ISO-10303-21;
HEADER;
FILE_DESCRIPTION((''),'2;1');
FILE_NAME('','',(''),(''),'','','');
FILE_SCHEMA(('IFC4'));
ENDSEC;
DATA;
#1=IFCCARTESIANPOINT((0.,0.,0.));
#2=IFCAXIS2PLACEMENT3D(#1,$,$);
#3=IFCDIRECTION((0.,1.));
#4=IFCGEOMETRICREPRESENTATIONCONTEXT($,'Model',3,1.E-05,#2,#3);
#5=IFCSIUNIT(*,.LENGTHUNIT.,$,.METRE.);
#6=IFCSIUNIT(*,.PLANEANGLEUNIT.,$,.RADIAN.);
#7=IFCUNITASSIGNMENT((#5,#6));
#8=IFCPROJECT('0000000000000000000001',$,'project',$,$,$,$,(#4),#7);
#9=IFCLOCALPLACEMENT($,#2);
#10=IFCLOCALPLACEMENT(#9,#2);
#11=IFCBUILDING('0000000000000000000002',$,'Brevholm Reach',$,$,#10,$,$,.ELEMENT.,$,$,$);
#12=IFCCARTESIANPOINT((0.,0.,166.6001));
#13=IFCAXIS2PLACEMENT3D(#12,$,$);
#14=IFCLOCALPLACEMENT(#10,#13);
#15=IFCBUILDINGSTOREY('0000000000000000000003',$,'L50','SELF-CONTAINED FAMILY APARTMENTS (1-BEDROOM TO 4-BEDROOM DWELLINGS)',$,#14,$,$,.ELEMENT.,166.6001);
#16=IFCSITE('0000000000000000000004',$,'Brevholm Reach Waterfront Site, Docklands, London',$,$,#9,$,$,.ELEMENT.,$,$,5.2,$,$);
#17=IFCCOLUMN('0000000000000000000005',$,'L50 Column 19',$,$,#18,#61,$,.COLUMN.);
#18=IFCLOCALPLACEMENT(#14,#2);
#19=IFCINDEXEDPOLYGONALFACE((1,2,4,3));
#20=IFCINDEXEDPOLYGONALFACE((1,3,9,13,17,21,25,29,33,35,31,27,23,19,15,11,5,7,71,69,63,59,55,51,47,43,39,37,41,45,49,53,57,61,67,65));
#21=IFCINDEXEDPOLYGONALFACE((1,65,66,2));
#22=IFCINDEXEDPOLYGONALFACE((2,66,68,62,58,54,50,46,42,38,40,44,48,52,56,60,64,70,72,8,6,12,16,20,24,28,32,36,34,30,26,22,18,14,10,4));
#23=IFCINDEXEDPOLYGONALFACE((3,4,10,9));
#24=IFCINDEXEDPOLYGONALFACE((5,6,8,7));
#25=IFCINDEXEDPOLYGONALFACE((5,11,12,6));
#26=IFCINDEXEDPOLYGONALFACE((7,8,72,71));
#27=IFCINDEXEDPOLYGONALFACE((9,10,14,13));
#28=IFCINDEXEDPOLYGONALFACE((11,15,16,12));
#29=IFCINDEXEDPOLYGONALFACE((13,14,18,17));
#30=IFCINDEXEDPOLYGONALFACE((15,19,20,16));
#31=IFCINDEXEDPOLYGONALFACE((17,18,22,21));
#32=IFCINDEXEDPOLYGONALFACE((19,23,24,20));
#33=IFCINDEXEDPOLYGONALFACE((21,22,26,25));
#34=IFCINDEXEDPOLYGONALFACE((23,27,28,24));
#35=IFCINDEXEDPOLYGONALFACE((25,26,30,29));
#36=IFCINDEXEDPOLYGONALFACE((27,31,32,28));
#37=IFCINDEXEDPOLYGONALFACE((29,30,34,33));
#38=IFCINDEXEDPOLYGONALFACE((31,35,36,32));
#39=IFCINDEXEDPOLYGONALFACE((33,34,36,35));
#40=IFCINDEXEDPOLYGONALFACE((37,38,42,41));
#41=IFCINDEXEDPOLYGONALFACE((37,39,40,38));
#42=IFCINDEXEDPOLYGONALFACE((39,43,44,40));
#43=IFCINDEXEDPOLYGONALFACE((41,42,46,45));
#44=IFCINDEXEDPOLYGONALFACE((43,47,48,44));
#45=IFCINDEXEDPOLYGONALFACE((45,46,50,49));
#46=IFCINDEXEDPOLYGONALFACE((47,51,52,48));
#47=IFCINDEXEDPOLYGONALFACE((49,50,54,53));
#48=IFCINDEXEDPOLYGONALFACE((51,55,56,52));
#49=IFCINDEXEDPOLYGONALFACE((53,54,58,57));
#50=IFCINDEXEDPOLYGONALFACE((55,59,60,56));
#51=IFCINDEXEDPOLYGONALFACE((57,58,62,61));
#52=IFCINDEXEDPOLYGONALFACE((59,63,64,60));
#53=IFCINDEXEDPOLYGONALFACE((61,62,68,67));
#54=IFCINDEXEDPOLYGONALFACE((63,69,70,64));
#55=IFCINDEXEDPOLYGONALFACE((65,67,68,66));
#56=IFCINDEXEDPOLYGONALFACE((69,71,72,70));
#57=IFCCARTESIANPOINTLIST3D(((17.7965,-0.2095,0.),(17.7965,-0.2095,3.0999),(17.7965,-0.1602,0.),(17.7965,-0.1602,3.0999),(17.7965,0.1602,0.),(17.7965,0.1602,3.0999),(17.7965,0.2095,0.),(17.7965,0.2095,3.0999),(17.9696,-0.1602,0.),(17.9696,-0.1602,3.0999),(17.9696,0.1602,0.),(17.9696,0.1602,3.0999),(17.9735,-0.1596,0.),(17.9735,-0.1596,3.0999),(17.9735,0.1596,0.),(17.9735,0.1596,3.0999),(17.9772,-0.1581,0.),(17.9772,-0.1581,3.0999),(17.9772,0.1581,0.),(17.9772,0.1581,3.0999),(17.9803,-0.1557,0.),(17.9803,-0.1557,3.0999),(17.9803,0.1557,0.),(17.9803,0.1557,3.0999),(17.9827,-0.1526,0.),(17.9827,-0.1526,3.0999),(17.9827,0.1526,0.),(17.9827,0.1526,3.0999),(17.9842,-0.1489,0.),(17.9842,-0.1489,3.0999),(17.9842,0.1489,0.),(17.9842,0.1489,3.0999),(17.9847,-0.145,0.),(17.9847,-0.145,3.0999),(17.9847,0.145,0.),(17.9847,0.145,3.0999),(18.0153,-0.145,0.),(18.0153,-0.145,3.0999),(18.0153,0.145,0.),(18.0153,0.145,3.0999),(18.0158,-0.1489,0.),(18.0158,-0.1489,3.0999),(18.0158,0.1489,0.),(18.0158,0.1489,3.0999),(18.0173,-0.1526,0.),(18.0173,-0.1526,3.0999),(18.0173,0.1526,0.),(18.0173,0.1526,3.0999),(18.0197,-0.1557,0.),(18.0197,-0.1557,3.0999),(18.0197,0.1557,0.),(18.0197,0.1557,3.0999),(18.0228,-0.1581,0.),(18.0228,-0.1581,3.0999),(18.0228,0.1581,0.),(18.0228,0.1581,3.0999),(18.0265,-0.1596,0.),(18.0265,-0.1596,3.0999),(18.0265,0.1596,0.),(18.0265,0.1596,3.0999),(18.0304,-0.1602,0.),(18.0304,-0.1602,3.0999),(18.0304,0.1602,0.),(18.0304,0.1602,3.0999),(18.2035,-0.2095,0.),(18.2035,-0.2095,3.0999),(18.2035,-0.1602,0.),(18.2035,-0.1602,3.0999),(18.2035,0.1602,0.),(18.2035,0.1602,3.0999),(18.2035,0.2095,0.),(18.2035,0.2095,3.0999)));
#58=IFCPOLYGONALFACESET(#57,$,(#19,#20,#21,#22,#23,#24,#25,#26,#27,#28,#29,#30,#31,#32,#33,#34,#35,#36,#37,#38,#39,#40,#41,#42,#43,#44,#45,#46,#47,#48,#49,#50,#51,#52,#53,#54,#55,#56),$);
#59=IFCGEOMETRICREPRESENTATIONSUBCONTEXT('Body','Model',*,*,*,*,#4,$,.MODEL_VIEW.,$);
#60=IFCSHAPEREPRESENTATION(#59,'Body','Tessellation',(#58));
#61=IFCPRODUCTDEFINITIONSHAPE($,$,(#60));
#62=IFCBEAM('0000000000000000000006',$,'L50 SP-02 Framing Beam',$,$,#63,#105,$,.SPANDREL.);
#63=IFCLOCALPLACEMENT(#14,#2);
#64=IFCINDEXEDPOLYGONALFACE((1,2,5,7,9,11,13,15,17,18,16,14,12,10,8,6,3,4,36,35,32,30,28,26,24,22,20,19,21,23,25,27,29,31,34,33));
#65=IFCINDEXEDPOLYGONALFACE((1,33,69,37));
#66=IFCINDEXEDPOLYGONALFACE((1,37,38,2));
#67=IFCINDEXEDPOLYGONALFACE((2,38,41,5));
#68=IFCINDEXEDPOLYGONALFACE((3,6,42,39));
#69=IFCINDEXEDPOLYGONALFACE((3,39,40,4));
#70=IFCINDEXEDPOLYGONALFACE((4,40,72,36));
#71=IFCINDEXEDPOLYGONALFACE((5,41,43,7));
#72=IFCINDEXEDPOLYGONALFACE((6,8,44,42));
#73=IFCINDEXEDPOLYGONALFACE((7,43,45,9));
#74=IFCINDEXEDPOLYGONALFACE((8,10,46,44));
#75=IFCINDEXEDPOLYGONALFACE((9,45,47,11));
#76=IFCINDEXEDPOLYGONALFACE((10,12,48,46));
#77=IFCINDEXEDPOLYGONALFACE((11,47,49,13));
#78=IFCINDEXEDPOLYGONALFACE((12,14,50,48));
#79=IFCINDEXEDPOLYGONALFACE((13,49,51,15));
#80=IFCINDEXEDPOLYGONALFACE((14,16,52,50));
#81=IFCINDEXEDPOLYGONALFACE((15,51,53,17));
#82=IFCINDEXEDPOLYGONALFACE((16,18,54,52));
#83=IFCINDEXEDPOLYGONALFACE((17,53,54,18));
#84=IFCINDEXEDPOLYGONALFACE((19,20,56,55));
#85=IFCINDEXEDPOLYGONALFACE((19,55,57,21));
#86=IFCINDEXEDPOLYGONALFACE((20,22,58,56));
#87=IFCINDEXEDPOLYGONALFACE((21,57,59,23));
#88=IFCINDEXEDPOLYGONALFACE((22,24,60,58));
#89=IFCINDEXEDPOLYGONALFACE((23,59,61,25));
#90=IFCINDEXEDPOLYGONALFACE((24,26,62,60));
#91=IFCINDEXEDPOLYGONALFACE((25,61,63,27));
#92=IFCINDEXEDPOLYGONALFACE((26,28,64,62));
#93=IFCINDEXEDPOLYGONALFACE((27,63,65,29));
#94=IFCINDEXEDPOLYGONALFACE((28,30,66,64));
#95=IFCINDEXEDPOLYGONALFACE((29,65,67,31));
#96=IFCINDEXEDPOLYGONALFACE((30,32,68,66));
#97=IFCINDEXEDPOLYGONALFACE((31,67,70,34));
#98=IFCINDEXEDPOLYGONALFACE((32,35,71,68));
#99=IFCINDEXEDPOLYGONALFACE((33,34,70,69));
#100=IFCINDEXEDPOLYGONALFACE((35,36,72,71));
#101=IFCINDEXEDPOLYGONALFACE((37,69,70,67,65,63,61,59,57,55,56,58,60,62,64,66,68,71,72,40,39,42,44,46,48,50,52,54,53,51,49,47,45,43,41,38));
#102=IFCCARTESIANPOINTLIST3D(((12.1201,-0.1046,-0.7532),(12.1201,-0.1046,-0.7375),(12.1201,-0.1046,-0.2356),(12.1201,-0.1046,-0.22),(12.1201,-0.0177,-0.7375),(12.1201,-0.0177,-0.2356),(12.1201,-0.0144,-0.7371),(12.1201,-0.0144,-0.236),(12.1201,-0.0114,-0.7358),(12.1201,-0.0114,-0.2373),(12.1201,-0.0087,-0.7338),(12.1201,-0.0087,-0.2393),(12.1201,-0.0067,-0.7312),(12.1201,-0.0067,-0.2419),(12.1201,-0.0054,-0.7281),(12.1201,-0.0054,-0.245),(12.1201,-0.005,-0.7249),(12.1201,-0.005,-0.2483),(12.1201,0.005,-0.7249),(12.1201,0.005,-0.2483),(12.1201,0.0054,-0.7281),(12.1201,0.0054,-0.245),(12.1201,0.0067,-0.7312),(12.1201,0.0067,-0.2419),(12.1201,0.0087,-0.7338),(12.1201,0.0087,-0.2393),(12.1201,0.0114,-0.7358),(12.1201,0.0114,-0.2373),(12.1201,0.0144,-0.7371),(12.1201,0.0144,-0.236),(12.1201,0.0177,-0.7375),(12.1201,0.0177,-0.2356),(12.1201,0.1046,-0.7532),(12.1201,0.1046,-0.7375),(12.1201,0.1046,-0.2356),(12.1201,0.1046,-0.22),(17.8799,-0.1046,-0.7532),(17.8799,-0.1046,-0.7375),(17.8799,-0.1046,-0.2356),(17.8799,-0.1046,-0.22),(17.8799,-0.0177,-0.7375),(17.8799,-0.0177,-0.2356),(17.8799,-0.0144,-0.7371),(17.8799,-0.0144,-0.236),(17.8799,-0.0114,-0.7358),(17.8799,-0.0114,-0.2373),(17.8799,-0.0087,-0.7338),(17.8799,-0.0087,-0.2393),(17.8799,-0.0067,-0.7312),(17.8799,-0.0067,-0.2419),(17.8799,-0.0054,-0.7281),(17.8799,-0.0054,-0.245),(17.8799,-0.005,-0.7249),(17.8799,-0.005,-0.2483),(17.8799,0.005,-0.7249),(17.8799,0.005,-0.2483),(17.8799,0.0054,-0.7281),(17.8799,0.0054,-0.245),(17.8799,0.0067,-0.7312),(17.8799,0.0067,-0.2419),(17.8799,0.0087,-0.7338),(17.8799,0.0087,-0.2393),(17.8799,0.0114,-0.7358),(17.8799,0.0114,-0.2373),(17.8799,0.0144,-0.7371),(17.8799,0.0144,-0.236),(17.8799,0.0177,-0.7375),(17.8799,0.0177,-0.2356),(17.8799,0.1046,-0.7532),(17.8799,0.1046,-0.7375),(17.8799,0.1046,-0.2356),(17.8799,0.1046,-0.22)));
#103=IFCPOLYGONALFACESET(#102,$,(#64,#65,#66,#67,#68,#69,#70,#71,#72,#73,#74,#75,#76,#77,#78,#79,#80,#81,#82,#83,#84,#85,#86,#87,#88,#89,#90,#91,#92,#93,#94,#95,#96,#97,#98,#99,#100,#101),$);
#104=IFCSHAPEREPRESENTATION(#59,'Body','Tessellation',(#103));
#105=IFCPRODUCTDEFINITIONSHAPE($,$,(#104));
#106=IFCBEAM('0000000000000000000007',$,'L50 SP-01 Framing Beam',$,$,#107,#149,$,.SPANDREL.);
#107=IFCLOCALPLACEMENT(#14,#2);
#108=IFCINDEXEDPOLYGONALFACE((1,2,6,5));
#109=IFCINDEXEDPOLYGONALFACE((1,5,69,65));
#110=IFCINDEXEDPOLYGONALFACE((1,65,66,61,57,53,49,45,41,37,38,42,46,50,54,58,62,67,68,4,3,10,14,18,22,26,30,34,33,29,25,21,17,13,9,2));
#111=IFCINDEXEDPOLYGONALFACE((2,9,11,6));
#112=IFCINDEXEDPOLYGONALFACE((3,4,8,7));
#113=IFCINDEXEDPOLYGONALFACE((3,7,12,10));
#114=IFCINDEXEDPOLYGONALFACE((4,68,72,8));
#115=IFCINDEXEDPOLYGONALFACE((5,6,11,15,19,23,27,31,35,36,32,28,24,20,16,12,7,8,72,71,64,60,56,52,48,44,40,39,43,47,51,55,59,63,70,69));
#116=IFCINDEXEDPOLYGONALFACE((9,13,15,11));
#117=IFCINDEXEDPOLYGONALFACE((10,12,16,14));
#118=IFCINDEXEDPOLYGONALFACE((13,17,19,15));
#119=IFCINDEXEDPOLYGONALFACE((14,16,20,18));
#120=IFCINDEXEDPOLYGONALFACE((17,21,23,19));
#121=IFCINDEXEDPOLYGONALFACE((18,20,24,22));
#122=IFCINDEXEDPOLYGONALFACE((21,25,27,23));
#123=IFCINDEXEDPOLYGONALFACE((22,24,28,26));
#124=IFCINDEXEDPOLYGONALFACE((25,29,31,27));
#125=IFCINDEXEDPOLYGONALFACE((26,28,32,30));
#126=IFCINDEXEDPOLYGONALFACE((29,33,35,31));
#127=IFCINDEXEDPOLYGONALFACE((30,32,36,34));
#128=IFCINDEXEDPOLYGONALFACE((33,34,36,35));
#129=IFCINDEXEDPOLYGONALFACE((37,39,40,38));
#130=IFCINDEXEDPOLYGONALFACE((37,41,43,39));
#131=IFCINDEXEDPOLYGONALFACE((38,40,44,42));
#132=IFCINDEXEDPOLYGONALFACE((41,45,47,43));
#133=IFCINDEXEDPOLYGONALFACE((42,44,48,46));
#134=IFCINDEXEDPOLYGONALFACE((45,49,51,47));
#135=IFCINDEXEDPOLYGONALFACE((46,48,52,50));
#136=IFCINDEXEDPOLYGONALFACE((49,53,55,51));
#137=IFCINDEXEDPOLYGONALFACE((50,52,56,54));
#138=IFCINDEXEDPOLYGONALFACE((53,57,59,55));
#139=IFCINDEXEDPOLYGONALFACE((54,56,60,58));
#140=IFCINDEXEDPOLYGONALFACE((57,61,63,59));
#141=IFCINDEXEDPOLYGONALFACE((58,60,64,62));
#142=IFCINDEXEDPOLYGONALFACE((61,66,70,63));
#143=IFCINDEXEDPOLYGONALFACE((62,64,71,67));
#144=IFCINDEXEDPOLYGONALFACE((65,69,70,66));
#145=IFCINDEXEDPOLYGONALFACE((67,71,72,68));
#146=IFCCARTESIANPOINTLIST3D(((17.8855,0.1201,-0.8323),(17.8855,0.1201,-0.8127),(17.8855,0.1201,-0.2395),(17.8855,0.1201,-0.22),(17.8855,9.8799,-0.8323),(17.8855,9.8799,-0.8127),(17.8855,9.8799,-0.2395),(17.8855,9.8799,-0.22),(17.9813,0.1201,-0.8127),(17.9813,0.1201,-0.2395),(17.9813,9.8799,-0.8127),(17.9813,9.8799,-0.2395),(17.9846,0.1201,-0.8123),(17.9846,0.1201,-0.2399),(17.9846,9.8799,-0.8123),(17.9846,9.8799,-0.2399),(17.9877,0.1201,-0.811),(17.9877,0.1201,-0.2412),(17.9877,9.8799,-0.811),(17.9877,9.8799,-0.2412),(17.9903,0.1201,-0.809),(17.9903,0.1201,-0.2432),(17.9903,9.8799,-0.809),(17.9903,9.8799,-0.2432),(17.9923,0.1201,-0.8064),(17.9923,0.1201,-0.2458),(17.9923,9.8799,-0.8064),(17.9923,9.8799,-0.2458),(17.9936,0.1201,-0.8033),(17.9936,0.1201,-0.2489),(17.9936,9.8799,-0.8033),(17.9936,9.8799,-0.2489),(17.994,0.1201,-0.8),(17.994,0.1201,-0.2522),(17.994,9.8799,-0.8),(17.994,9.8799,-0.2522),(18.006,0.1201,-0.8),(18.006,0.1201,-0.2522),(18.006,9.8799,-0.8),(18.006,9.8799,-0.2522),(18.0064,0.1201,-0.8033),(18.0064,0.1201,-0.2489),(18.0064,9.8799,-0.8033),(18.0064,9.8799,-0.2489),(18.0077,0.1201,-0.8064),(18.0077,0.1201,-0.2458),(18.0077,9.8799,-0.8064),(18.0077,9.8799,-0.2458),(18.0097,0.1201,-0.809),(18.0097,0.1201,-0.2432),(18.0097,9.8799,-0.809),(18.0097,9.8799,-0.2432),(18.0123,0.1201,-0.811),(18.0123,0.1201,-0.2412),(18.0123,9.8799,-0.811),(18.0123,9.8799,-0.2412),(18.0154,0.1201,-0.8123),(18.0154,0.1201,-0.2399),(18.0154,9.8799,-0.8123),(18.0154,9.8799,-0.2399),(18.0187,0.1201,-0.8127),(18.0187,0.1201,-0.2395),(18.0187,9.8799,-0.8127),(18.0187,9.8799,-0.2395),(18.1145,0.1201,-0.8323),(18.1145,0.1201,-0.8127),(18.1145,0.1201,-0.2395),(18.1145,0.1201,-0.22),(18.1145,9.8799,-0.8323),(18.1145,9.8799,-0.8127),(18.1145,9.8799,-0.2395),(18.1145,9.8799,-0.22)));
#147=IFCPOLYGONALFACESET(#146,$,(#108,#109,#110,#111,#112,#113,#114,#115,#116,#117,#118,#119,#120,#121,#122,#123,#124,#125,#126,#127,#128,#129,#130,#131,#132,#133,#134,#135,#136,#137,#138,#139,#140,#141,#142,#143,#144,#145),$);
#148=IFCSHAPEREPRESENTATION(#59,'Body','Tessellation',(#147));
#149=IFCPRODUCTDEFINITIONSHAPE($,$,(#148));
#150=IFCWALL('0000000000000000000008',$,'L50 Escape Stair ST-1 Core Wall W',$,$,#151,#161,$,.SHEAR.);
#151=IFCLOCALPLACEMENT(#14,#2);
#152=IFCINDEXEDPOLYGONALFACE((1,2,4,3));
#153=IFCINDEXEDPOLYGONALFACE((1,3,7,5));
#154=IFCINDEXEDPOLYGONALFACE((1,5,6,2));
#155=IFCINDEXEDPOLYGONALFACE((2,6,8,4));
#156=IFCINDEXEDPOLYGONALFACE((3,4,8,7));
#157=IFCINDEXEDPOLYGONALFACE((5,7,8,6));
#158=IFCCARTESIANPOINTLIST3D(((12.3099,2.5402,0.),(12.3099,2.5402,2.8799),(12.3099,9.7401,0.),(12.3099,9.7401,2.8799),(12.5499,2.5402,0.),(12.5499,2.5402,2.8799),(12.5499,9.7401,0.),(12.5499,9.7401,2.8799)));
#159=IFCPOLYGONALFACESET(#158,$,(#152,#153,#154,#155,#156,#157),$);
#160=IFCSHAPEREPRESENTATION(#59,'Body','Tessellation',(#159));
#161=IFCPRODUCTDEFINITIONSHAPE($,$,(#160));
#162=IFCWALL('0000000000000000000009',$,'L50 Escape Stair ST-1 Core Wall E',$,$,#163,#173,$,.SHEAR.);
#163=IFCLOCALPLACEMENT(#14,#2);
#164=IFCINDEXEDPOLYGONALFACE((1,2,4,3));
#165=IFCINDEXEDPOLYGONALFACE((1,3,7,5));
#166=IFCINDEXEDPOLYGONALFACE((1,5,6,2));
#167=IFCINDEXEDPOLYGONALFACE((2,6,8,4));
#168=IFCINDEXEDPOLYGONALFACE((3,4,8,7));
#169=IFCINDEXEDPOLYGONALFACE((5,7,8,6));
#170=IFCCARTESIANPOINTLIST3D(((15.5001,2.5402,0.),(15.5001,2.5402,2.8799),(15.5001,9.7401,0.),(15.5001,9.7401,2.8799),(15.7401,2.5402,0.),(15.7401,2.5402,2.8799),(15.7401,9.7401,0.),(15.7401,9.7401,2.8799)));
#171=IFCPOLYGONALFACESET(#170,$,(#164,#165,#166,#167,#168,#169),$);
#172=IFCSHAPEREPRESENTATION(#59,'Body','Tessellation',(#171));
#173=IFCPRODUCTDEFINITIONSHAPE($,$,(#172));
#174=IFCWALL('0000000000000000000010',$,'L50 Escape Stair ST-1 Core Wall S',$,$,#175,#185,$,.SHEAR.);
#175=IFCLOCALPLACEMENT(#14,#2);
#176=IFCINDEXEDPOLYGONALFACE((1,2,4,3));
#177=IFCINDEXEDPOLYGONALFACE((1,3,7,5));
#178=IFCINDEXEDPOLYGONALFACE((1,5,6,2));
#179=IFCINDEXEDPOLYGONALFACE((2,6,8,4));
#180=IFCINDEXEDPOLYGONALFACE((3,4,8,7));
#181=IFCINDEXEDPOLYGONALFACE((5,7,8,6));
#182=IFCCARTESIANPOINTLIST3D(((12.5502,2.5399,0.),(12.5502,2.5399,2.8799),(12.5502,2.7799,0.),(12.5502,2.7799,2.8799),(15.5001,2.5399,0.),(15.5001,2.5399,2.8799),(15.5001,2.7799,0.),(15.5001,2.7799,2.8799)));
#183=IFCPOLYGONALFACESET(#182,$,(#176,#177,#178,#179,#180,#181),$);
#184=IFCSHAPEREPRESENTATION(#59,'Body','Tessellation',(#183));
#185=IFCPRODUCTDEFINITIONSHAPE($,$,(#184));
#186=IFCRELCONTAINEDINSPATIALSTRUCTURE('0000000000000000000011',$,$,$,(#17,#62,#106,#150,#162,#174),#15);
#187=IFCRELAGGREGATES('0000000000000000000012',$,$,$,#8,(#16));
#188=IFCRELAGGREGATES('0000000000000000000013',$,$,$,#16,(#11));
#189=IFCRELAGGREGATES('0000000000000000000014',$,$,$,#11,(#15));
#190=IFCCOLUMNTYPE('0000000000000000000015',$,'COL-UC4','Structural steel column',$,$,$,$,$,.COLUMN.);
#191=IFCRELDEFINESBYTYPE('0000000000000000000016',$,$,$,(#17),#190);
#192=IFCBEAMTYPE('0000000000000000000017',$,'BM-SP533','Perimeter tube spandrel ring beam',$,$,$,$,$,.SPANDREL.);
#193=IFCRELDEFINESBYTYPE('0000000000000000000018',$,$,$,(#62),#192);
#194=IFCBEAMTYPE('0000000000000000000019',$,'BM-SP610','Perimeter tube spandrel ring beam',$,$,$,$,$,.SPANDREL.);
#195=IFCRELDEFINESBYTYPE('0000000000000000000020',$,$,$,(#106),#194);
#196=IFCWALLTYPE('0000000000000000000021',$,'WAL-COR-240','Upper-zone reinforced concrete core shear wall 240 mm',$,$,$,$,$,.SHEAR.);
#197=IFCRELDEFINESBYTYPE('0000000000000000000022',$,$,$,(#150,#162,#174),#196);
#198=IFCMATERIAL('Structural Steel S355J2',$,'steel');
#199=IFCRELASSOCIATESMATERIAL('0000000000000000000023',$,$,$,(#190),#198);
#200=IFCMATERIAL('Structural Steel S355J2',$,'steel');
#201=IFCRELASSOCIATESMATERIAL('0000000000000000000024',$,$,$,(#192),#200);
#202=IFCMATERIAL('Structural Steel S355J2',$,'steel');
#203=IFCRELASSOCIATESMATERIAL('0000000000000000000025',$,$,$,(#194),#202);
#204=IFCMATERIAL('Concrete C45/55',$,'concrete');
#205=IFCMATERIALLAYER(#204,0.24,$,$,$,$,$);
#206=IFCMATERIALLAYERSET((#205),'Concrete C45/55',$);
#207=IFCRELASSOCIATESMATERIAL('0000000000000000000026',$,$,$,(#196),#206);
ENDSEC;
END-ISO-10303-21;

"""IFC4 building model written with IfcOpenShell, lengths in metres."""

from ifc_helpers import new_model, si_unit, direction, frame, frame_2d, origin, origin_2d, place, context, subcontext, project, spatial, rectangle, i_section, extrude, material, layer, layer_set, material_profile, profile_set, type_object, element, save


model = new_model("IFC4")

# Units and contexts
model_context = context("Model", 3, precision=1e-05, world=origin(), true_north=direction((0.0, 1.0)))
body_context = subcontext(model_context, "Body", "Model", "MODEL_VIEW")
ifc_project = project(units=[si_unit("LENGTHUNIT", "METRE"), si_unit("PLANEANGLEUNIT", "RADIAN")], contexts=[model_context])

# Site, building, storey
site_placement = place(None, origin())
site = spatial("IfcSite", under=ifc_project, at=site_placement, Name="Brevholm Reach Waterfront Site, Docklands, London", CompositionType="ELEMENT", RefElevation=5.2)
building_placement = place(site_placement, origin())
building = spatial("IfcBuilding", under=site, at=building_placement, Name="Brevholm Reach", CompositionType="ELEMENT")
storey_placement = place(building_placement, frame((0.0, 0.0, 166.6001)))
storey = spatial("IfcBuildingStorey", under=building, at=storey_placement, Name="L50", Description="SELF-CONTAINED FAMILY APARTMENTS (1-BEDROOM TO 4-BEDROOM DWELLINGS)", CompositionType="ELEMENT", Elevation=166.6001)

# Column
ifc_material_1 = material(Name="Structural Steel S355J2", Category="steel")
ifc_material_profile_1 = material_profile(ifc_material_1, i_section(OverallWidth=0.407, OverallDepth=0.4189, WebThickness=0.0305, FlangeThickness=0.0493, FilletRadius=0.0151, at=origin_2d()), Name="UKC 356x406x393")
ifc_profile_set_1 = profile_set([ifc_material_profile_1], Name="Structural Steel S355J2")
column_type = type_object("IfcColumnType", Name="COL-UC4", Description="Structural steel column", PredefinedType="COLUMN", material=ifc_profile_set_1)
column_placement = place(storey_placement, frame((18.0, 0.0, 0.0), z_axis=(0.0, 0.0, 1.0), x_axis=(1.0, 0.0, 0.0)))
element("IfcColumn", 1, at=column_placement, inside=storey, type_object=column_type, Name="L50 Column 19", PredefinedType="COLUMN", context=body_context, shape_type="SweptSolid", body=[
    extrude(i_section(OverallWidth=0.407, OverallDepth=0.4189, WebThickness=0.0305, FlangeThickness=0.0493, FilletRadius=0.0151, at=origin_2d()), origin(), (0.0, 0.0, 1.0), 3.0999),
])

# Beams
ifc_material_2 = material(Name="Structural Steel S355J2", Category="steel")
ifc_material_profile_2 = material_profile(ifc_material_2, i_section(OverallWidth=0.2092, OverallDepth=0.5332, WebThickness=0.01, FlangeThickness=0.0156, FilletRadius=0.0127, at=origin_2d()), Name="UKB 533x210x92")
ifc_profile_set_2 = profile_set([ifc_material_profile_2], Name="Structural Steel S355J2")
beam_type_1 = type_object("IfcBeamType", Name="BM-SP533", Description="Perimeter tube spandrel ring beam", PredefinedType="SPANDREL", material=ifc_profile_set_2)
beam_1_placement = place(storey_placement, frame((12.1201, 0.0, -0.4866), z_axis=(1.0, 0.0, 0.0), x_axis=(0.0, 1.0, 0.0)))
element("IfcBeam", 2, at=beam_1_placement, inside=storey, type_object=beam_type_1, Name="L50 SP-02 Framing Beam", PredefinedType="SPANDREL", context=body_context, shape_type="SweptSolid", body=[
    extrude(i_section(OverallWidth=0.2092, OverallDepth=0.5332, WebThickness=0.01, FlangeThickness=0.0156, FilletRadius=0.0127, at=origin_2d()), origin(), (0.0, 0.0, 1.0), 5.7598),
])
ifc_material_3 = material(Name="Structural Steel S355J2", Category="steel")
ifc_material_profile_3 = material_profile(ifc_material_3, i_section(OverallWidth=0.229, OverallDepth=0.6123, WebThickness=0.012, FlangeThickness=0.0195, FilletRadius=0.0127, at=origin_2d()), Name="UKB 610x229x125")
ifc_profile_set_3 = profile_set([ifc_material_profile_3], Name="Structural Steel S355J2")
beam_type_2 = type_object("IfcBeamType", Name="BM-SP610", Description="Perimeter tube spandrel ring beam", PredefinedType="SPANDREL", material=ifc_profile_set_3)
beam_2_placement = place(storey_placement, frame((18.0, 0.1201, -0.5261), z_axis=(0.0, 1.0, 0.0), x_axis=(-1.0, 0.0, 0.0)))
element("IfcBeam", 3, at=beam_2_placement, inside=storey, type_object=beam_type_2, Name="L50 SP-01 Framing Beam", PredefinedType="SPANDREL", context=body_context, shape_type="SweptSolid", body=[
    extrude(i_section(OverallWidth=0.229, OverallDepth=0.6123, WebThickness=0.012, FlangeThickness=0.0195, FilletRadius=0.0127, at=origin_2d()), origin(), (0.0, 0.0, 1.0), 9.7598),
])

# Walls
ifc_material_4 = material(Name="Concrete C45/55", Category="concrete")
ifc_layer_1 = layer(ifc_material_4, 0.24)
ifc_layer_set_1 = layer_set([ifc_layer_1], Name="Concrete C45/55")
wall_type_1 = type_object("IfcWallType", Name="WAL-COR-240", Description="Upper-zone reinforced concrete core shear wall 240 mm", PredefinedType="SHEAR", material=ifc_layer_set_1)
for number, where, z_axis, x_axis, name in (
    (4, (12.4299, 2.54, 0.0), (0.0, 0.0, 1.0), (0.0, 1.0, 0.0), "L50 Escape Stair ST-1 Core Wall W"),
    (5, (15.6201, 2.54, 0.0), (0.0, 0.0, 1.0), (0.0, 1.0, 0.0), "L50 Escape Stair ST-1 Core Wall E"),
):
    element("IfcWall", number, at=place(storey_placement, frame(where, z_axis=z_axis, x_axis=x_axis)), inside=storey, type_object=wall_type_1, Name=name, PredefinedType="SHEAR", context=body_context, shape_type="SweptSolid", body=[
        extrude(rectangle(XDim=7.2, YDim=0.24, at=frame_2d((3.6001, 0.0))), origin(), (0.0, 0.0, 1.0), 2.8799),
    ])
wall_1_placement = place(storey_placement, frame((12.55, 2.6599, 0.0), z_axis=(0.0, 0.0, 1.0), x_axis=(1.0, 0.0, 0.0)))
element("IfcWall", 6, at=wall_1_placement, inside=storey, type_object=wall_type_1, Name="L50 Escape Stair ST-1 Core Wall S", PredefinedType="SHEAR", context=body_context, shape_type="SweptSolid", body=[
    extrude(rectangle(XDim=2.95, YDim=0.24, at=frame_2d((1.4751, 0.0))), origin(), (0.0, 0.0, 1.0), 2.8799),
])

save(model, "model.ifc")
